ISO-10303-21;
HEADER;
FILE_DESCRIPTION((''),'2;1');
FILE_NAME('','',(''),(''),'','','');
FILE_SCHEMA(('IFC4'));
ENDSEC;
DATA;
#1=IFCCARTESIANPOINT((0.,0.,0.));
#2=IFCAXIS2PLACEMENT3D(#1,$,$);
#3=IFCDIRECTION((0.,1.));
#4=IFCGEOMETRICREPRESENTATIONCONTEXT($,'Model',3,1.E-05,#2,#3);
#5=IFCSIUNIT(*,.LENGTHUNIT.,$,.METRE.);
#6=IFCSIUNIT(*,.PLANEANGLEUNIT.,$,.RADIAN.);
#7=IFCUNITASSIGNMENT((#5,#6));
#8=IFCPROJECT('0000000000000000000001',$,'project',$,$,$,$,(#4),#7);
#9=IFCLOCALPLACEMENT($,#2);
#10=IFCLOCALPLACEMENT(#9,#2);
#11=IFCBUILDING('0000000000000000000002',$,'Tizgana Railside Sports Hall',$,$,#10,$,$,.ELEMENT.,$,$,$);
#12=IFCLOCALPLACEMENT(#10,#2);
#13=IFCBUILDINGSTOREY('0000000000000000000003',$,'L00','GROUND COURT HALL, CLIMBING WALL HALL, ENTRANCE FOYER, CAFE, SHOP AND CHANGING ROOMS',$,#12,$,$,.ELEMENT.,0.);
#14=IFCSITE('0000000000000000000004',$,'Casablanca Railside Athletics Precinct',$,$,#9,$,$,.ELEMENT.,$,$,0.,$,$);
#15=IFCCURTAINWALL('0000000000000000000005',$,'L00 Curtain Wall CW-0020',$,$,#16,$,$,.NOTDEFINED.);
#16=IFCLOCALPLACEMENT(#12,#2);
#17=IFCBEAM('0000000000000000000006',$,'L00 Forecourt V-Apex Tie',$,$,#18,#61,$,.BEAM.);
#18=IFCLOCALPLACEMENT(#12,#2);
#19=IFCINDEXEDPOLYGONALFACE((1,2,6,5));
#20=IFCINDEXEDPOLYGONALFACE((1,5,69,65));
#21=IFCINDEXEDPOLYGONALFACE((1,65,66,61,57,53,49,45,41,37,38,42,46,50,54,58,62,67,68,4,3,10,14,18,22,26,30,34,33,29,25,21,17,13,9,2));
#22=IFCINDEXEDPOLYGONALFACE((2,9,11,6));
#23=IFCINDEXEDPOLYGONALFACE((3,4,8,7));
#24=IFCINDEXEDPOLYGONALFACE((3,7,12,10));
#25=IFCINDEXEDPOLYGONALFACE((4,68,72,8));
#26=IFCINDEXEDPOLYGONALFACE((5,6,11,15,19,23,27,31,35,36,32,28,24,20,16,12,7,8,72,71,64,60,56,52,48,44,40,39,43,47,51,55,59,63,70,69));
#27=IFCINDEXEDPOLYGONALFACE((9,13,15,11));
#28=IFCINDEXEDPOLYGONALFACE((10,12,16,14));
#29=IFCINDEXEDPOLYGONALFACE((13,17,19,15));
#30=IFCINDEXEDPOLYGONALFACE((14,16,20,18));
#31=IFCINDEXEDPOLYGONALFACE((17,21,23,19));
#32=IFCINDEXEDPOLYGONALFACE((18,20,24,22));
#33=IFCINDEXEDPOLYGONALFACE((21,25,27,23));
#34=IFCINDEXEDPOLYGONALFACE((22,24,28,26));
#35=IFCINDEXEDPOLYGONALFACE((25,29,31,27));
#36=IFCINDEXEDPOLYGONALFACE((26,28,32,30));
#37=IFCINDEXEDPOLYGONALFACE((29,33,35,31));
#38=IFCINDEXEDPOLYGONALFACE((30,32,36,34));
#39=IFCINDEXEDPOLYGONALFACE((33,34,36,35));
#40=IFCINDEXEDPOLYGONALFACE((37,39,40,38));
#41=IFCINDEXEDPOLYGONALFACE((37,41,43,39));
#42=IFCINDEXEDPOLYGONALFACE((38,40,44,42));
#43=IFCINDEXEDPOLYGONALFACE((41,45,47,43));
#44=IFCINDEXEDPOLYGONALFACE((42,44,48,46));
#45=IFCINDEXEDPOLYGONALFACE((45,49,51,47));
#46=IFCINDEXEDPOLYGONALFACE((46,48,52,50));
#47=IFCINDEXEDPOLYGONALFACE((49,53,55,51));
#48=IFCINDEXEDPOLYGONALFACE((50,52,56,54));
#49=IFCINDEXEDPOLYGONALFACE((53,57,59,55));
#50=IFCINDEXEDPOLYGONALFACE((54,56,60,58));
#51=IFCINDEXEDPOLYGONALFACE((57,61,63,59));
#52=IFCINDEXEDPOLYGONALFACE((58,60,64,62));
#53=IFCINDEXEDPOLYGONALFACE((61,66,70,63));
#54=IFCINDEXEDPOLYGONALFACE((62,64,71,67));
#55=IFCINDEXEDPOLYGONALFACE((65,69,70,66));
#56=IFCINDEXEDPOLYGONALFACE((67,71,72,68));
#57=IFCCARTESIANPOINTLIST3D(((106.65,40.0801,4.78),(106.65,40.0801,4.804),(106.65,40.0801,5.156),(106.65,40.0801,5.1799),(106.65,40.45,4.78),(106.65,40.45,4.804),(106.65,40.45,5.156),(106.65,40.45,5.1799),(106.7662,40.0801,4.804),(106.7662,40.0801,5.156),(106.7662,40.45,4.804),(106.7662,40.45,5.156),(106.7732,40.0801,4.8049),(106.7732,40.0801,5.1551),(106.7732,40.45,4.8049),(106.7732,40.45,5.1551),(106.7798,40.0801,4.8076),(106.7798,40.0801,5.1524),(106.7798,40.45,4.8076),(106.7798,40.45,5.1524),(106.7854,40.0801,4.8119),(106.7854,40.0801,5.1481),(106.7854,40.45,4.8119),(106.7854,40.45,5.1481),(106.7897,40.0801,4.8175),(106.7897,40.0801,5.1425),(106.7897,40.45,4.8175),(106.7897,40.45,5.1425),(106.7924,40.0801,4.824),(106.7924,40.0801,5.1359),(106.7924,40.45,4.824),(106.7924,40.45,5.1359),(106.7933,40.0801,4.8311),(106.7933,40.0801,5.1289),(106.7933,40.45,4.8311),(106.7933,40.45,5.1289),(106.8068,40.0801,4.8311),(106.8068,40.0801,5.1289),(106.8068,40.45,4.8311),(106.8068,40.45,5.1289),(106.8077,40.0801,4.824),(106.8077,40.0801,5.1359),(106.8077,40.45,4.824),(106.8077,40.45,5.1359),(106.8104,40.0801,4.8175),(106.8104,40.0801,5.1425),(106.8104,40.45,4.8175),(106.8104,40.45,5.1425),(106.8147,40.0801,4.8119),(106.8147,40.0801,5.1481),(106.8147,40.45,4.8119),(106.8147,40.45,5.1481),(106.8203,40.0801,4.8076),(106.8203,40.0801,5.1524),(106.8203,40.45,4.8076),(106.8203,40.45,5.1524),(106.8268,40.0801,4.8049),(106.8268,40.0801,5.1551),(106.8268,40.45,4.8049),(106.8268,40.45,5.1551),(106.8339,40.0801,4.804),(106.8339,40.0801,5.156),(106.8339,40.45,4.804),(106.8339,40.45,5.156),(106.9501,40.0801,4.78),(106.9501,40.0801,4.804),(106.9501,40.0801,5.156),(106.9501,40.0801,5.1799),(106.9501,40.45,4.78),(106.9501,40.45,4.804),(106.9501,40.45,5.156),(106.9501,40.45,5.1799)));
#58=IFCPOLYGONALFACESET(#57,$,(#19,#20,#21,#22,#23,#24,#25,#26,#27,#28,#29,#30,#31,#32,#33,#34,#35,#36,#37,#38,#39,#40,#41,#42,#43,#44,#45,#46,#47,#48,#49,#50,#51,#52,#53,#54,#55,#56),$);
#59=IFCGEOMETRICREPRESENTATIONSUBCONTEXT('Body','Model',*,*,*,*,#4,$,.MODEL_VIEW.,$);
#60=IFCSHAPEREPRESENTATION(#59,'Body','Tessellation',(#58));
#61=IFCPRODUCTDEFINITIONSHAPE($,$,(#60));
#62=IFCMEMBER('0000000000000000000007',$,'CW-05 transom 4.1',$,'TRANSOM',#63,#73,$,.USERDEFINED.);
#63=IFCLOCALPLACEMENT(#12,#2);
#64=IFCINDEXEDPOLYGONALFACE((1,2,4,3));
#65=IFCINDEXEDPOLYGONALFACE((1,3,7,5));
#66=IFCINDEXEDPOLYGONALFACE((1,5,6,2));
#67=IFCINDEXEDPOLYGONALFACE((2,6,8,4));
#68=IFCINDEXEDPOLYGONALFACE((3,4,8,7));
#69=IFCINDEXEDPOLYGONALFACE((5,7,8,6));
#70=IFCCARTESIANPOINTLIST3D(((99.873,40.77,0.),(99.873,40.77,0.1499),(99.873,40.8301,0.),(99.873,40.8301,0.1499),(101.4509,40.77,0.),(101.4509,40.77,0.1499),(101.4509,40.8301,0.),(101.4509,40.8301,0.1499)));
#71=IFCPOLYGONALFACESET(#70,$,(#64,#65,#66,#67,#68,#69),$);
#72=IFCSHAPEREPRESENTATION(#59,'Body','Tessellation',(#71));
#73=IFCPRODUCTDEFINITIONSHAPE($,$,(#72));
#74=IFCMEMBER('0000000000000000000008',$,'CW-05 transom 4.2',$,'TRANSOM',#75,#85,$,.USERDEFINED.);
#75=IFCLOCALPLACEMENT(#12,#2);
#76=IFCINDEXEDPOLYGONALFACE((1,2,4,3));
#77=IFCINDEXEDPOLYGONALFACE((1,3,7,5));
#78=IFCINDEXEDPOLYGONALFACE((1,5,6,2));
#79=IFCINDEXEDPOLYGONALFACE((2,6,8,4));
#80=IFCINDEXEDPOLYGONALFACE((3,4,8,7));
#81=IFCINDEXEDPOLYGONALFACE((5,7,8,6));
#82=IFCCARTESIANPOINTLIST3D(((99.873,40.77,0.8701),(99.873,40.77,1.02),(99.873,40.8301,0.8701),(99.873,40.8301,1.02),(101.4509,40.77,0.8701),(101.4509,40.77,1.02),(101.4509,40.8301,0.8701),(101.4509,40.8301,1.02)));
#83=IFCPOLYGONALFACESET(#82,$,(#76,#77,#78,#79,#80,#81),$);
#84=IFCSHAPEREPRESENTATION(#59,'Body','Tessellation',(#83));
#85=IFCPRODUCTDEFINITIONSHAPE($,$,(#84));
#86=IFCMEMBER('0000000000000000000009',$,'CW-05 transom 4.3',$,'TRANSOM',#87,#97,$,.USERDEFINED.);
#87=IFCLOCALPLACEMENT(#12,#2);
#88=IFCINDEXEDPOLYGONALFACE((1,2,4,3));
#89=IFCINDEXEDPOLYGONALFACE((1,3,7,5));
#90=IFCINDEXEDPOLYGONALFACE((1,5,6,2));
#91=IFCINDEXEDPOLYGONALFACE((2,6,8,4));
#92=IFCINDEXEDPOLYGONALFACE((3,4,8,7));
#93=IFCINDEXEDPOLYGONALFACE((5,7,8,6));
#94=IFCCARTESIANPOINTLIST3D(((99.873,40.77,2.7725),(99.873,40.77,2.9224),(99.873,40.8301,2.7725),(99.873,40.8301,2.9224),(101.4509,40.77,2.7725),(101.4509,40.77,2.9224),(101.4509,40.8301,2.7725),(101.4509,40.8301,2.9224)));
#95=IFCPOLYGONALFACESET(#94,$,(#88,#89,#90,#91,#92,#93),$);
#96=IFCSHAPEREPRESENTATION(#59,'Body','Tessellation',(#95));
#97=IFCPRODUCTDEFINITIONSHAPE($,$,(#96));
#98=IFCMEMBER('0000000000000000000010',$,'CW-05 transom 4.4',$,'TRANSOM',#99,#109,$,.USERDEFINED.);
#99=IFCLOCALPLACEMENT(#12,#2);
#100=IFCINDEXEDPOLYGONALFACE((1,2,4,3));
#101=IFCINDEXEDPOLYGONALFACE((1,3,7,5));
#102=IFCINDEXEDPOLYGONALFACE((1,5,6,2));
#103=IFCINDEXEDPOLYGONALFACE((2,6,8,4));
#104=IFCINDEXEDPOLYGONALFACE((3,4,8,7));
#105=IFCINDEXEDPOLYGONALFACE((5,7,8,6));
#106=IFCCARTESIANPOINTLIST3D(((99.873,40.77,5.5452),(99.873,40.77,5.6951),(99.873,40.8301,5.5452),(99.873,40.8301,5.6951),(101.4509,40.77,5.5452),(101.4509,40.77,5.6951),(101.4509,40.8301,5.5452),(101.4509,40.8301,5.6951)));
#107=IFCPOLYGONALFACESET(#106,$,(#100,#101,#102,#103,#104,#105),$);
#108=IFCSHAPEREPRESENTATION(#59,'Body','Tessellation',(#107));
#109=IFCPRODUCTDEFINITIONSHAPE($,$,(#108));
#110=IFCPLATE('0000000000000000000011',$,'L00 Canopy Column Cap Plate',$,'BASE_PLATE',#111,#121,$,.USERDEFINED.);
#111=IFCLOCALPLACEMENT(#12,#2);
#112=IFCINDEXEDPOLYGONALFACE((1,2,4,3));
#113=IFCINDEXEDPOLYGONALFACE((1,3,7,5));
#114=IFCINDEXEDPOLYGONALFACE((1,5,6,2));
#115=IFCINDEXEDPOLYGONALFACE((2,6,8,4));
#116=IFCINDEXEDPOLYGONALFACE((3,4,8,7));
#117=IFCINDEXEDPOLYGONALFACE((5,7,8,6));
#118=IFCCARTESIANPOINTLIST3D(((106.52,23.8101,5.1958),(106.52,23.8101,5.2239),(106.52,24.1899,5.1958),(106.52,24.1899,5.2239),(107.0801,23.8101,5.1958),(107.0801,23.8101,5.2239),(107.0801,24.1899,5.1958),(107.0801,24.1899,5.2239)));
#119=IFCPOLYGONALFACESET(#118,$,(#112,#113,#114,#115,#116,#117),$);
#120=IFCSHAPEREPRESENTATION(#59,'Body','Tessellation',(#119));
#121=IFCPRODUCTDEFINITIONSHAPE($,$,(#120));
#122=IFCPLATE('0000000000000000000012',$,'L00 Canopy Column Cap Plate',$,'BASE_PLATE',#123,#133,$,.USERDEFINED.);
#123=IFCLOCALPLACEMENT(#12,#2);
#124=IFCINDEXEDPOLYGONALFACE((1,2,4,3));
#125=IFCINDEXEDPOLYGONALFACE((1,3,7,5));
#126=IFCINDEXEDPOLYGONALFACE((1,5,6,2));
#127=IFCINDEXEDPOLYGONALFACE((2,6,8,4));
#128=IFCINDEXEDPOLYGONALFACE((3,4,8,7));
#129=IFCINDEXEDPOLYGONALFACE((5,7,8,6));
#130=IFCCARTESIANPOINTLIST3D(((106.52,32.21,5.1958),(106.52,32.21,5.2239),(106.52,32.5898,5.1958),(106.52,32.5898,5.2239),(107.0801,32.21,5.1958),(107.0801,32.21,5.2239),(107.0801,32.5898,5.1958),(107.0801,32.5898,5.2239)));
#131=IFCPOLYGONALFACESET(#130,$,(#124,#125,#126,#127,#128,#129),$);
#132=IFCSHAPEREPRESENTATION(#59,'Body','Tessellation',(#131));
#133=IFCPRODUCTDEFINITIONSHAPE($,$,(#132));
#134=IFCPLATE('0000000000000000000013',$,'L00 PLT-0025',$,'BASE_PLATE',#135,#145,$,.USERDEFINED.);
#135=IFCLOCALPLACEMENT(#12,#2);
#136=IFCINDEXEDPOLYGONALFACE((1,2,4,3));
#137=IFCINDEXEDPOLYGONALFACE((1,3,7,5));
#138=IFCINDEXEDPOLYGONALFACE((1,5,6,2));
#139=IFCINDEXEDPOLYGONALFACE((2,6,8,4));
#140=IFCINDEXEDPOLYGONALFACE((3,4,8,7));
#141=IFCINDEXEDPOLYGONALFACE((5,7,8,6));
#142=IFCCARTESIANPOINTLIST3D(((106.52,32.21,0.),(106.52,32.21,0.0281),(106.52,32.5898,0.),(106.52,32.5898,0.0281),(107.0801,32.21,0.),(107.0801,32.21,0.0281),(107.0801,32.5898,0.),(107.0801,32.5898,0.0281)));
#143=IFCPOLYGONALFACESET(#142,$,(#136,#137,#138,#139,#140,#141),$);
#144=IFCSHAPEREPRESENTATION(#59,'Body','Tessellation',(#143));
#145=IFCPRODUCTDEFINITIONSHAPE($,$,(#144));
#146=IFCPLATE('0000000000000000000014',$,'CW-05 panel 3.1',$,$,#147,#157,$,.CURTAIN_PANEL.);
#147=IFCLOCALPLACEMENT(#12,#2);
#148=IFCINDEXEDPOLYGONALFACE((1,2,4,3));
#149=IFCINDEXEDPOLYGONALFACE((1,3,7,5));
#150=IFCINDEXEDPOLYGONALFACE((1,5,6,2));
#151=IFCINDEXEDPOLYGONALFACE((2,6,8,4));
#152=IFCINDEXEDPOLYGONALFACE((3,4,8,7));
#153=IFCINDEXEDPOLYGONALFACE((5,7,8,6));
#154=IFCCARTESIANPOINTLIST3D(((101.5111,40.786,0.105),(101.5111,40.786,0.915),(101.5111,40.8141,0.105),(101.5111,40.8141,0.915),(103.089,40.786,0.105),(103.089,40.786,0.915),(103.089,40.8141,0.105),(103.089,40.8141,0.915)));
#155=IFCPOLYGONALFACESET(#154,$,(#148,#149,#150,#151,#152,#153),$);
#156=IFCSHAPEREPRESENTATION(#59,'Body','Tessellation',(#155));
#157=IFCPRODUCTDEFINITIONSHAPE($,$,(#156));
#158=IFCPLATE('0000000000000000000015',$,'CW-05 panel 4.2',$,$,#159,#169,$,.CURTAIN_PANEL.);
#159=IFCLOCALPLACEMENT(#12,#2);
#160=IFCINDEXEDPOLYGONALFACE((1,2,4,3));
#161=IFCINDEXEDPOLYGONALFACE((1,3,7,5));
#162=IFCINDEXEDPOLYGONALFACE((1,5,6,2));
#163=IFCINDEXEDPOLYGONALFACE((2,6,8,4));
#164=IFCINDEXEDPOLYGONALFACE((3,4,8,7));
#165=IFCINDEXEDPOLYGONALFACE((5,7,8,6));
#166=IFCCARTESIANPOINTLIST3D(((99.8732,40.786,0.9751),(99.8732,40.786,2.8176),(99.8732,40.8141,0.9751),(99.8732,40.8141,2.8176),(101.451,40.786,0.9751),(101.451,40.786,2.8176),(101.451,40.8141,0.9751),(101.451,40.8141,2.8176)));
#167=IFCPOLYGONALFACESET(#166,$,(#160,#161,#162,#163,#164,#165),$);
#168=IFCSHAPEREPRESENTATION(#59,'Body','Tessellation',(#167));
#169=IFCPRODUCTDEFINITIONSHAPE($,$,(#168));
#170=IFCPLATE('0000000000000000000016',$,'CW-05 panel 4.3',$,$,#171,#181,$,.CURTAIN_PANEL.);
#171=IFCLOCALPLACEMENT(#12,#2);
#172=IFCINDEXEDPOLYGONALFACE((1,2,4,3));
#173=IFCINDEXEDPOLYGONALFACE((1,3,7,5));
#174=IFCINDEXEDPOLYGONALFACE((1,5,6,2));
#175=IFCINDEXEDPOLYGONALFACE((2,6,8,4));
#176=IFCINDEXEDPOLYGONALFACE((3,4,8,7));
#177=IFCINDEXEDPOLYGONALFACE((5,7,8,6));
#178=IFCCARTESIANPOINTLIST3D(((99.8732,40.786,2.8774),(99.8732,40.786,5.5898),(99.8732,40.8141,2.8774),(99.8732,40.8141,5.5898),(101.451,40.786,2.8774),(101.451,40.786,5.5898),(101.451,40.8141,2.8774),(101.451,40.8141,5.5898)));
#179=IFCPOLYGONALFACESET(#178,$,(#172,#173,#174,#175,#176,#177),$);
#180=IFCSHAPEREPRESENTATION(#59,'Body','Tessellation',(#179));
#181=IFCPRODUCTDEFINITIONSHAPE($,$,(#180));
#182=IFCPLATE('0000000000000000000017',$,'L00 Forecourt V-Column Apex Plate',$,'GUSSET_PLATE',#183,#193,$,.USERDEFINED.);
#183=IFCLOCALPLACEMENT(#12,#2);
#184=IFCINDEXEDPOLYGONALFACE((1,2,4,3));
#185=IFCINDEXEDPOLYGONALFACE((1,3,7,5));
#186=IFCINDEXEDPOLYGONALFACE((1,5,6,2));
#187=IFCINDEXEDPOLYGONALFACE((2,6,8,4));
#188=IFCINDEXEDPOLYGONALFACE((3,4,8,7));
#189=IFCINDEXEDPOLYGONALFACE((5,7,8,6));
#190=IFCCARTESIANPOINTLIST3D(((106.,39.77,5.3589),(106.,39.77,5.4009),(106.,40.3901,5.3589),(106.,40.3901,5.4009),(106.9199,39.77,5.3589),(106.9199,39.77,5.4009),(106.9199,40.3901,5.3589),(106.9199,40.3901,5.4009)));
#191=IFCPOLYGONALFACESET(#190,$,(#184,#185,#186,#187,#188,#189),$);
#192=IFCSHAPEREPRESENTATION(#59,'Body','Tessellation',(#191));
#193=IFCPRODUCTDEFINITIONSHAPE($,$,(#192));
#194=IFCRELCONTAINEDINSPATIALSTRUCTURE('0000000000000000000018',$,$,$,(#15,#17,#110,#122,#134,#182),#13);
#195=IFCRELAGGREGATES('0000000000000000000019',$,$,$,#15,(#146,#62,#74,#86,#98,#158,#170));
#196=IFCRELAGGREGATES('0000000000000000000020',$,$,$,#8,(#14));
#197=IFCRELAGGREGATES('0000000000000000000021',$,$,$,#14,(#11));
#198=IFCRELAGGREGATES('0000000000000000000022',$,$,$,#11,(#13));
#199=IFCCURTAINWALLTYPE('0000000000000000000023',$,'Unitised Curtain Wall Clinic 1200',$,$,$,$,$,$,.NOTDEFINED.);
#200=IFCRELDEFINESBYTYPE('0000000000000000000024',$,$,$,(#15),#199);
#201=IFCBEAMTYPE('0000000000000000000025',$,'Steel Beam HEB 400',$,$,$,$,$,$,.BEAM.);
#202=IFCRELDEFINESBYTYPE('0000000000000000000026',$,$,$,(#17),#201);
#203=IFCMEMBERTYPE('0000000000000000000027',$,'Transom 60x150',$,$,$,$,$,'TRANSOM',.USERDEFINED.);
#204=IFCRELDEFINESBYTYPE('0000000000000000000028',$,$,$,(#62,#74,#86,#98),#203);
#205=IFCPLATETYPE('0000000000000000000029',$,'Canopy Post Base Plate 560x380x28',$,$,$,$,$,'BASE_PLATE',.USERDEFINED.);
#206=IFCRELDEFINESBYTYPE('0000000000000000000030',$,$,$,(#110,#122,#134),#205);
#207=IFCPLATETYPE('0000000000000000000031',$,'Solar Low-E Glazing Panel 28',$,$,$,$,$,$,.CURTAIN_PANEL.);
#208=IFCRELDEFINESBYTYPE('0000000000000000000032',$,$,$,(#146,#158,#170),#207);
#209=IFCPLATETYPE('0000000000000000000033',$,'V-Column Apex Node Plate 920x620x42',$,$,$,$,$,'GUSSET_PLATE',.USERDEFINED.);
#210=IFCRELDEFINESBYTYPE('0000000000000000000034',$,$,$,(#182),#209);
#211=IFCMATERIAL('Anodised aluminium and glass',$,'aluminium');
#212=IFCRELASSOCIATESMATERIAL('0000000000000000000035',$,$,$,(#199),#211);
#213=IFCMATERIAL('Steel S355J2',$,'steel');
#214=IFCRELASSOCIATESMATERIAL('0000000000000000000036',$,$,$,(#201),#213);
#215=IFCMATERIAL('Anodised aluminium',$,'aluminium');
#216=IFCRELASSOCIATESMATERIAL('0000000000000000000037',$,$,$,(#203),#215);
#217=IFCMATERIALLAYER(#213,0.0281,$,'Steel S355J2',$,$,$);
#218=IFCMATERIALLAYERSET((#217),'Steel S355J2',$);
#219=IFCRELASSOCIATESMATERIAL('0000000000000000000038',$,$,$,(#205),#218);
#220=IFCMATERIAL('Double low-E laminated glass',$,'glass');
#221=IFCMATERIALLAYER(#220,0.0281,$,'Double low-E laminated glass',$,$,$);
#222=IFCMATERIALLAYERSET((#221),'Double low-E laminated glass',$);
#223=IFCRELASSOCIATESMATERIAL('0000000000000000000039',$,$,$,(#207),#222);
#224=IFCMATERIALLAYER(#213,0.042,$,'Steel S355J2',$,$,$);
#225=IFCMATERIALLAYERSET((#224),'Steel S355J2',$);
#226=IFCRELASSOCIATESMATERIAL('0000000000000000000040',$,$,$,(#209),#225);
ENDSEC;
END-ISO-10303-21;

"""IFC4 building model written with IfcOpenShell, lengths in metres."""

from ifc_helpers import new_model, si_unit, direction, frame, origin, origin_2d, place, context, subcontext, project, spatial, rectangle, i_section, extrude, material, layer, layer_set, material_profile, profile_set, type_object, element, aggregate, save


model = new_model("IFC4")

# Units and contexts
model_context = context("Model", 3, precision=1e-05, world=origin(), true_north=direction((0.0, 1.0)))
body_context = subcontext(model_context, "Body", "Model", "MODEL_VIEW")
ifc_project = project(units=[si_unit("LENGTHUNIT", "METRE"), si_unit("PLANEANGLEUNIT", "RADIAN")], contexts=[model_context])

# Site, building, storey
site_placement = place(None, origin())
site = spatial("IfcSite", under=ifc_project, at=site_placement, Name="Casablanca Railside Athletics Precinct", CompositionType="ELEMENT", RefElevation=0.0)
building_placement = place(site_placement, origin())
building = spatial("IfcBuilding", under=site, at=building_placement, Name="Tizgana Railside Sports Hall", CompositionType="ELEMENT")
storey_placement = place(building_placement, origin())
storey = spatial("IfcBuildingStorey", under=building, at=storey_placement, Name="L00", Description="GROUND COURT HALL, CLIMBING WALL HALL, ENTRANCE FOYER, CAFE, SHOP AND CHANGING ROOMS", CompositionType="ELEMENT", Elevation=0.0)

# Shared definitions
ifc_material_1 = material(Name="Steel S355J2", Category="steel")

# Curtain wall
ifc_material_2 = material(Name="Anodised aluminium and glass", Category="aluminium")
curtain_wall_type = type_object("IfcCurtainWallType", Name="Unitised Curtain Wall Clinic 1200", PredefinedType="NOTDEFINED", material=ifc_material_2)
curtain_wall_placement = place(storey_placement, origin())
curtain_wall = element("IfcCurtainWall", 1, at=curtain_wall_placement, inside=storey, type_object=curtain_wall_type, Name="L00 Curtain Wall CW-0020", PredefinedType="NOTDEFINED")
ifc_material_3 = material(Name="Anodised aluminium", Category="aluminium")

# Beam
ifc_material_profile_1 = material_profile(ifc_material_1, i_section(OverallWidth=0.3, OverallDepth=0.3999, WebThickness=0.0134, FlangeThickness=0.0239, FilletRadius=0.0271, at=origin_2d()), Name="HEB 400")
ifc_profile_set_1 = profile_set([ifc_material_profile_1], Name="Steel S355J2")
beam_type_1 = type_object("IfcBeamType", Name="Steel Beam HEB 400", PredefinedType="BEAM", material=ifc_profile_set_1)
beam_1_placement = place(storey_placement, frame((106.8, 40.0801, 4.98), z_axis=(0.0, 1.0, 0.0), x_axis=(-1.0, 0.0, 0.0)))
element("IfcBeam", 2, at=beam_1_placement, inside=storey, type_object=beam_type_1, Name="L00 Forecourt V-Apex Tie", PredefinedType="BEAM", context=body_context, shape_type="SweptSolid", body=[
    extrude(i_section(OverallWidth=0.3, OverallDepth=0.3999, WebThickness=0.0134, FlangeThickness=0.0239, FilletRadius=0.0271, at=origin_2d()), origin(), (0.0, 0.0, 1.0), 0.3699),
])

# Members
ifc_material_profile_2 = material_profile(ifc_material_3, rectangle(XDim=0.0601, YDim=0.1499, at=origin_2d()), Name="Transom 60x150")
ifc_profile_set_2 = profile_set([ifc_material_profile_2], Name="Anodised aluminium")
member_type_1 = type_object("IfcMemberType", Name="Transom 60x150", ElementType="TRANSOM", PredefinedType="USERDEFINED", material=ifc_profile_set_2)
member_1_placement = place(storey_placement, frame((101.4509, 40.8, 0.075), z_axis=(-1.0, 0.0, 0.0), x_axis=(0.0, -1.0, 0.0)))
member_1 = element("IfcMember", 3, at=member_1_placement, type_object=member_type_1, Name="CW-05 transom 4.1", ObjectType="TRANSOM", PredefinedType="USERDEFINED", context=body_context, shape_type="SweptSolid", body=[
    extrude(rectangle(XDim=0.0601, YDim=0.1499, at=origin_2d()), origin(), (0.0, 0.0, 1.0), 1.5779),
])
member_2_placement = place(storey_placement, frame((101.4509, 40.8, 0.9451), z_axis=(-1.0, 0.0, 0.0), x_axis=(0.0, -1.0, 0.0)))
member_2 = element("IfcMember", 4, at=member_2_placement, type_object=member_type_1, Name="CW-05 transom 4.2", ObjectType="TRANSOM", PredefinedType="USERDEFINED", context=body_context, shape_type="SweptSolid", body=[
    extrude(rectangle(XDim=0.0601, YDim=0.1499, at=origin_2d()), origin(), (0.0, 0.0, 1.0), 1.5779),
])
member_3_placement = place(storey_placement, frame((101.4509, 40.8, 2.8474), z_axis=(-1.0, 0.0, 0.0), x_axis=(0.0, -1.0, 0.0)))
member_3 = element("IfcMember", 5, at=member_3_placement, type_object=member_type_1, Name="CW-05 transom 4.3", ObjectType="TRANSOM", PredefinedType="USERDEFINED", context=body_context, shape_type="SweptSolid", body=[
    extrude(rectangle(XDim=0.0601, YDim=0.1499, at=origin_2d()), origin(), (0.0, 0.0, 1.0), 1.5779),
])
member_4_placement = place(storey_placement, frame((101.4509, 40.8, 5.6201), z_axis=(-1.0, 0.0, 0.0), x_axis=(0.0, -1.0, 0.0)))
member_4 = element("IfcMember", 6, at=member_4_placement, type_object=member_type_1, Name="CW-05 transom 4.4", ObjectType="TRANSOM", PredefinedType="USERDEFINED", context=body_context, shape_type="SweptSolid", body=[
    extrude(rectangle(XDim=0.0601, YDim=0.1499, at=origin_2d()), origin(), (0.0, 0.0, 1.0), 1.5779),
])

# Plates
ifc_layer_1 = layer(ifc_material_1, 0.0281, Name="Steel S355J2")
ifc_layer_set_1 = layer_set([ifc_layer_1], Name="Steel S355J2")
plate_type_1 = type_object("IfcPlateType", Name="Canopy Post Base Plate 560x380x28", ElementType="BASE_PLATE", PredefinedType="USERDEFINED", material=ifc_layer_set_1)
for number, where, z_axis, x_axis, name in (
    (7, (106.8, 24.0, 5.1958), (0.0, 0.0, 1.0), (1.0, 0.0, 0.0), "L00 Canopy Column Cap Plate"),
    (8, (106.8, 32.3999, 5.1958), (0.0, 0.0, 1.0), (1.0, 0.0, 0.0), "L00 Canopy Column Cap Plate"),
    (9, (106.8, 32.3999, 0.0), (0.0, 0.0, 1.0), (1.0, 0.0, 0.0), "L00 PLT-0025"),
):
    element("IfcPlate", number, at=place(storey_placement, frame(where, z_axis=z_axis, x_axis=x_axis)), inside=storey, type_object=plate_type_1, Name=name, ObjectType="BASE_PLATE", PredefinedType="USERDEFINED", context=body_context, shape_type="SweptSolid", body=[
        extrude(rectangle(XDim=0.5601, YDim=0.3799, at=origin_2d()), origin(), (0.0, 0.0, 1.0), 0.0281),
    ])

# Plates
ifc_material_4 = material(Name="Double low-E laminated glass", Category="glass")
ifc_layer_2 = layer(ifc_material_4, 0.0281, Name="Double low-E laminated glass")
ifc_layer_set_2 = layer_set([ifc_layer_2], Name="Double low-E laminated glass")
plate_type_2 = type_object("IfcPlateType", Name="Solar Low-E Glazing Panel 28", PredefinedType="CURTAIN_PANEL", material=ifc_layer_set_2)
plate_1_placement = place(storey_placement, frame((102.3, 40.8, 0.105), z_axis=(0.0, 0.0, 1.0), x_axis=(-1.0, 0.0, 0.0)))
plate_1 = element("IfcPlate", 10, at=plate_1_placement, type_object=plate_type_2, Name="CW-05 panel 3.1", PredefinedType="CURTAIN_PANEL", context=body_context, shape_type="SweptSolid", body=[
    extrude(rectangle(XDim=1.5779, YDim=0.0281, at=origin_2d()), origin(), (0.0, 0.0, 1.0), 0.8101),
])
plate_2_placement = place(storey_placement, frame((100.6621, 40.8, 0.9751), z_axis=(0.0, 0.0, 1.0), x_axis=(-1.0, 0.0, 0.0)))
plate_2 = element("IfcPlate", 11, at=plate_2_placement, type_object=plate_type_2, Name="CW-05 panel 4.2", PredefinedType="CURTAIN_PANEL", context=body_context, shape_type="SweptSolid", body=[
    extrude(rectangle(XDim=1.5779, YDim=0.0281, at=origin_2d()), origin(), (0.0, 0.0, 1.0), 1.8425),
])
plate_3_placement = place(storey_placement, frame((100.6621, 40.8, 2.8774), z_axis=(0.0, 0.0, 1.0), x_axis=(-1.0, 0.0, 0.0)))
plate_3 = element("IfcPlate", 12, at=plate_3_placement, type_object=plate_type_2, Name="CW-05 panel 4.3", PredefinedType="CURTAIN_PANEL", context=body_context, shape_type="SweptSolid", body=[
    extrude(rectangle(XDim=1.5779, YDim=0.0281, at=origin_2d()), origin(), (0.0, 0.0, 1.0), 2.7124),
])
aggregate(curtain_wall, [plate_1, member_1, member_2, member_3, member_4, plate_2, plate_3])

# Plate
ifc_layer_3 = layer(ifc_material_1, 0.042, Name="Steel S355J2")
ifc_layer_set_3 = layer_set([ifc_layer_3], Name="Steel S355J2")
plate_type_3 = type_object("IfcPlateType", Name="V-Column Apex Node Plate 920x620x42", ElementType="GUSSET_PLATE", PredefinedType="USERDEFINED", material=ifc_layer_set_3)
for number, where, z_axis, x_axis, name in (
    (13, (106.46, 40.0801, 5.3589), (0.0, 0.0, 1.0), (1.0, 0.0, 0.0), "L00 Forecourt V-Column Apex Plate"),
):
    element("IfcPlate", number, at=place(storey_placement, frame(where, z_axis=z_axis, x_axis=x_axis)), inside=storey, type_object=plate_type_3, Name=name, ObjectType="GUSSET_PLATE", PredefinedType="USERDEFINED", context=body_context, shape_type="SweptSolid", body=[
        extrude(rectangle(XDim=0.9199, YDim=0.6201, at=origin_2d()), origin(), (0.0, 0.0, 1.0), 0.042),
    ])

save(model, "model.ifc")
